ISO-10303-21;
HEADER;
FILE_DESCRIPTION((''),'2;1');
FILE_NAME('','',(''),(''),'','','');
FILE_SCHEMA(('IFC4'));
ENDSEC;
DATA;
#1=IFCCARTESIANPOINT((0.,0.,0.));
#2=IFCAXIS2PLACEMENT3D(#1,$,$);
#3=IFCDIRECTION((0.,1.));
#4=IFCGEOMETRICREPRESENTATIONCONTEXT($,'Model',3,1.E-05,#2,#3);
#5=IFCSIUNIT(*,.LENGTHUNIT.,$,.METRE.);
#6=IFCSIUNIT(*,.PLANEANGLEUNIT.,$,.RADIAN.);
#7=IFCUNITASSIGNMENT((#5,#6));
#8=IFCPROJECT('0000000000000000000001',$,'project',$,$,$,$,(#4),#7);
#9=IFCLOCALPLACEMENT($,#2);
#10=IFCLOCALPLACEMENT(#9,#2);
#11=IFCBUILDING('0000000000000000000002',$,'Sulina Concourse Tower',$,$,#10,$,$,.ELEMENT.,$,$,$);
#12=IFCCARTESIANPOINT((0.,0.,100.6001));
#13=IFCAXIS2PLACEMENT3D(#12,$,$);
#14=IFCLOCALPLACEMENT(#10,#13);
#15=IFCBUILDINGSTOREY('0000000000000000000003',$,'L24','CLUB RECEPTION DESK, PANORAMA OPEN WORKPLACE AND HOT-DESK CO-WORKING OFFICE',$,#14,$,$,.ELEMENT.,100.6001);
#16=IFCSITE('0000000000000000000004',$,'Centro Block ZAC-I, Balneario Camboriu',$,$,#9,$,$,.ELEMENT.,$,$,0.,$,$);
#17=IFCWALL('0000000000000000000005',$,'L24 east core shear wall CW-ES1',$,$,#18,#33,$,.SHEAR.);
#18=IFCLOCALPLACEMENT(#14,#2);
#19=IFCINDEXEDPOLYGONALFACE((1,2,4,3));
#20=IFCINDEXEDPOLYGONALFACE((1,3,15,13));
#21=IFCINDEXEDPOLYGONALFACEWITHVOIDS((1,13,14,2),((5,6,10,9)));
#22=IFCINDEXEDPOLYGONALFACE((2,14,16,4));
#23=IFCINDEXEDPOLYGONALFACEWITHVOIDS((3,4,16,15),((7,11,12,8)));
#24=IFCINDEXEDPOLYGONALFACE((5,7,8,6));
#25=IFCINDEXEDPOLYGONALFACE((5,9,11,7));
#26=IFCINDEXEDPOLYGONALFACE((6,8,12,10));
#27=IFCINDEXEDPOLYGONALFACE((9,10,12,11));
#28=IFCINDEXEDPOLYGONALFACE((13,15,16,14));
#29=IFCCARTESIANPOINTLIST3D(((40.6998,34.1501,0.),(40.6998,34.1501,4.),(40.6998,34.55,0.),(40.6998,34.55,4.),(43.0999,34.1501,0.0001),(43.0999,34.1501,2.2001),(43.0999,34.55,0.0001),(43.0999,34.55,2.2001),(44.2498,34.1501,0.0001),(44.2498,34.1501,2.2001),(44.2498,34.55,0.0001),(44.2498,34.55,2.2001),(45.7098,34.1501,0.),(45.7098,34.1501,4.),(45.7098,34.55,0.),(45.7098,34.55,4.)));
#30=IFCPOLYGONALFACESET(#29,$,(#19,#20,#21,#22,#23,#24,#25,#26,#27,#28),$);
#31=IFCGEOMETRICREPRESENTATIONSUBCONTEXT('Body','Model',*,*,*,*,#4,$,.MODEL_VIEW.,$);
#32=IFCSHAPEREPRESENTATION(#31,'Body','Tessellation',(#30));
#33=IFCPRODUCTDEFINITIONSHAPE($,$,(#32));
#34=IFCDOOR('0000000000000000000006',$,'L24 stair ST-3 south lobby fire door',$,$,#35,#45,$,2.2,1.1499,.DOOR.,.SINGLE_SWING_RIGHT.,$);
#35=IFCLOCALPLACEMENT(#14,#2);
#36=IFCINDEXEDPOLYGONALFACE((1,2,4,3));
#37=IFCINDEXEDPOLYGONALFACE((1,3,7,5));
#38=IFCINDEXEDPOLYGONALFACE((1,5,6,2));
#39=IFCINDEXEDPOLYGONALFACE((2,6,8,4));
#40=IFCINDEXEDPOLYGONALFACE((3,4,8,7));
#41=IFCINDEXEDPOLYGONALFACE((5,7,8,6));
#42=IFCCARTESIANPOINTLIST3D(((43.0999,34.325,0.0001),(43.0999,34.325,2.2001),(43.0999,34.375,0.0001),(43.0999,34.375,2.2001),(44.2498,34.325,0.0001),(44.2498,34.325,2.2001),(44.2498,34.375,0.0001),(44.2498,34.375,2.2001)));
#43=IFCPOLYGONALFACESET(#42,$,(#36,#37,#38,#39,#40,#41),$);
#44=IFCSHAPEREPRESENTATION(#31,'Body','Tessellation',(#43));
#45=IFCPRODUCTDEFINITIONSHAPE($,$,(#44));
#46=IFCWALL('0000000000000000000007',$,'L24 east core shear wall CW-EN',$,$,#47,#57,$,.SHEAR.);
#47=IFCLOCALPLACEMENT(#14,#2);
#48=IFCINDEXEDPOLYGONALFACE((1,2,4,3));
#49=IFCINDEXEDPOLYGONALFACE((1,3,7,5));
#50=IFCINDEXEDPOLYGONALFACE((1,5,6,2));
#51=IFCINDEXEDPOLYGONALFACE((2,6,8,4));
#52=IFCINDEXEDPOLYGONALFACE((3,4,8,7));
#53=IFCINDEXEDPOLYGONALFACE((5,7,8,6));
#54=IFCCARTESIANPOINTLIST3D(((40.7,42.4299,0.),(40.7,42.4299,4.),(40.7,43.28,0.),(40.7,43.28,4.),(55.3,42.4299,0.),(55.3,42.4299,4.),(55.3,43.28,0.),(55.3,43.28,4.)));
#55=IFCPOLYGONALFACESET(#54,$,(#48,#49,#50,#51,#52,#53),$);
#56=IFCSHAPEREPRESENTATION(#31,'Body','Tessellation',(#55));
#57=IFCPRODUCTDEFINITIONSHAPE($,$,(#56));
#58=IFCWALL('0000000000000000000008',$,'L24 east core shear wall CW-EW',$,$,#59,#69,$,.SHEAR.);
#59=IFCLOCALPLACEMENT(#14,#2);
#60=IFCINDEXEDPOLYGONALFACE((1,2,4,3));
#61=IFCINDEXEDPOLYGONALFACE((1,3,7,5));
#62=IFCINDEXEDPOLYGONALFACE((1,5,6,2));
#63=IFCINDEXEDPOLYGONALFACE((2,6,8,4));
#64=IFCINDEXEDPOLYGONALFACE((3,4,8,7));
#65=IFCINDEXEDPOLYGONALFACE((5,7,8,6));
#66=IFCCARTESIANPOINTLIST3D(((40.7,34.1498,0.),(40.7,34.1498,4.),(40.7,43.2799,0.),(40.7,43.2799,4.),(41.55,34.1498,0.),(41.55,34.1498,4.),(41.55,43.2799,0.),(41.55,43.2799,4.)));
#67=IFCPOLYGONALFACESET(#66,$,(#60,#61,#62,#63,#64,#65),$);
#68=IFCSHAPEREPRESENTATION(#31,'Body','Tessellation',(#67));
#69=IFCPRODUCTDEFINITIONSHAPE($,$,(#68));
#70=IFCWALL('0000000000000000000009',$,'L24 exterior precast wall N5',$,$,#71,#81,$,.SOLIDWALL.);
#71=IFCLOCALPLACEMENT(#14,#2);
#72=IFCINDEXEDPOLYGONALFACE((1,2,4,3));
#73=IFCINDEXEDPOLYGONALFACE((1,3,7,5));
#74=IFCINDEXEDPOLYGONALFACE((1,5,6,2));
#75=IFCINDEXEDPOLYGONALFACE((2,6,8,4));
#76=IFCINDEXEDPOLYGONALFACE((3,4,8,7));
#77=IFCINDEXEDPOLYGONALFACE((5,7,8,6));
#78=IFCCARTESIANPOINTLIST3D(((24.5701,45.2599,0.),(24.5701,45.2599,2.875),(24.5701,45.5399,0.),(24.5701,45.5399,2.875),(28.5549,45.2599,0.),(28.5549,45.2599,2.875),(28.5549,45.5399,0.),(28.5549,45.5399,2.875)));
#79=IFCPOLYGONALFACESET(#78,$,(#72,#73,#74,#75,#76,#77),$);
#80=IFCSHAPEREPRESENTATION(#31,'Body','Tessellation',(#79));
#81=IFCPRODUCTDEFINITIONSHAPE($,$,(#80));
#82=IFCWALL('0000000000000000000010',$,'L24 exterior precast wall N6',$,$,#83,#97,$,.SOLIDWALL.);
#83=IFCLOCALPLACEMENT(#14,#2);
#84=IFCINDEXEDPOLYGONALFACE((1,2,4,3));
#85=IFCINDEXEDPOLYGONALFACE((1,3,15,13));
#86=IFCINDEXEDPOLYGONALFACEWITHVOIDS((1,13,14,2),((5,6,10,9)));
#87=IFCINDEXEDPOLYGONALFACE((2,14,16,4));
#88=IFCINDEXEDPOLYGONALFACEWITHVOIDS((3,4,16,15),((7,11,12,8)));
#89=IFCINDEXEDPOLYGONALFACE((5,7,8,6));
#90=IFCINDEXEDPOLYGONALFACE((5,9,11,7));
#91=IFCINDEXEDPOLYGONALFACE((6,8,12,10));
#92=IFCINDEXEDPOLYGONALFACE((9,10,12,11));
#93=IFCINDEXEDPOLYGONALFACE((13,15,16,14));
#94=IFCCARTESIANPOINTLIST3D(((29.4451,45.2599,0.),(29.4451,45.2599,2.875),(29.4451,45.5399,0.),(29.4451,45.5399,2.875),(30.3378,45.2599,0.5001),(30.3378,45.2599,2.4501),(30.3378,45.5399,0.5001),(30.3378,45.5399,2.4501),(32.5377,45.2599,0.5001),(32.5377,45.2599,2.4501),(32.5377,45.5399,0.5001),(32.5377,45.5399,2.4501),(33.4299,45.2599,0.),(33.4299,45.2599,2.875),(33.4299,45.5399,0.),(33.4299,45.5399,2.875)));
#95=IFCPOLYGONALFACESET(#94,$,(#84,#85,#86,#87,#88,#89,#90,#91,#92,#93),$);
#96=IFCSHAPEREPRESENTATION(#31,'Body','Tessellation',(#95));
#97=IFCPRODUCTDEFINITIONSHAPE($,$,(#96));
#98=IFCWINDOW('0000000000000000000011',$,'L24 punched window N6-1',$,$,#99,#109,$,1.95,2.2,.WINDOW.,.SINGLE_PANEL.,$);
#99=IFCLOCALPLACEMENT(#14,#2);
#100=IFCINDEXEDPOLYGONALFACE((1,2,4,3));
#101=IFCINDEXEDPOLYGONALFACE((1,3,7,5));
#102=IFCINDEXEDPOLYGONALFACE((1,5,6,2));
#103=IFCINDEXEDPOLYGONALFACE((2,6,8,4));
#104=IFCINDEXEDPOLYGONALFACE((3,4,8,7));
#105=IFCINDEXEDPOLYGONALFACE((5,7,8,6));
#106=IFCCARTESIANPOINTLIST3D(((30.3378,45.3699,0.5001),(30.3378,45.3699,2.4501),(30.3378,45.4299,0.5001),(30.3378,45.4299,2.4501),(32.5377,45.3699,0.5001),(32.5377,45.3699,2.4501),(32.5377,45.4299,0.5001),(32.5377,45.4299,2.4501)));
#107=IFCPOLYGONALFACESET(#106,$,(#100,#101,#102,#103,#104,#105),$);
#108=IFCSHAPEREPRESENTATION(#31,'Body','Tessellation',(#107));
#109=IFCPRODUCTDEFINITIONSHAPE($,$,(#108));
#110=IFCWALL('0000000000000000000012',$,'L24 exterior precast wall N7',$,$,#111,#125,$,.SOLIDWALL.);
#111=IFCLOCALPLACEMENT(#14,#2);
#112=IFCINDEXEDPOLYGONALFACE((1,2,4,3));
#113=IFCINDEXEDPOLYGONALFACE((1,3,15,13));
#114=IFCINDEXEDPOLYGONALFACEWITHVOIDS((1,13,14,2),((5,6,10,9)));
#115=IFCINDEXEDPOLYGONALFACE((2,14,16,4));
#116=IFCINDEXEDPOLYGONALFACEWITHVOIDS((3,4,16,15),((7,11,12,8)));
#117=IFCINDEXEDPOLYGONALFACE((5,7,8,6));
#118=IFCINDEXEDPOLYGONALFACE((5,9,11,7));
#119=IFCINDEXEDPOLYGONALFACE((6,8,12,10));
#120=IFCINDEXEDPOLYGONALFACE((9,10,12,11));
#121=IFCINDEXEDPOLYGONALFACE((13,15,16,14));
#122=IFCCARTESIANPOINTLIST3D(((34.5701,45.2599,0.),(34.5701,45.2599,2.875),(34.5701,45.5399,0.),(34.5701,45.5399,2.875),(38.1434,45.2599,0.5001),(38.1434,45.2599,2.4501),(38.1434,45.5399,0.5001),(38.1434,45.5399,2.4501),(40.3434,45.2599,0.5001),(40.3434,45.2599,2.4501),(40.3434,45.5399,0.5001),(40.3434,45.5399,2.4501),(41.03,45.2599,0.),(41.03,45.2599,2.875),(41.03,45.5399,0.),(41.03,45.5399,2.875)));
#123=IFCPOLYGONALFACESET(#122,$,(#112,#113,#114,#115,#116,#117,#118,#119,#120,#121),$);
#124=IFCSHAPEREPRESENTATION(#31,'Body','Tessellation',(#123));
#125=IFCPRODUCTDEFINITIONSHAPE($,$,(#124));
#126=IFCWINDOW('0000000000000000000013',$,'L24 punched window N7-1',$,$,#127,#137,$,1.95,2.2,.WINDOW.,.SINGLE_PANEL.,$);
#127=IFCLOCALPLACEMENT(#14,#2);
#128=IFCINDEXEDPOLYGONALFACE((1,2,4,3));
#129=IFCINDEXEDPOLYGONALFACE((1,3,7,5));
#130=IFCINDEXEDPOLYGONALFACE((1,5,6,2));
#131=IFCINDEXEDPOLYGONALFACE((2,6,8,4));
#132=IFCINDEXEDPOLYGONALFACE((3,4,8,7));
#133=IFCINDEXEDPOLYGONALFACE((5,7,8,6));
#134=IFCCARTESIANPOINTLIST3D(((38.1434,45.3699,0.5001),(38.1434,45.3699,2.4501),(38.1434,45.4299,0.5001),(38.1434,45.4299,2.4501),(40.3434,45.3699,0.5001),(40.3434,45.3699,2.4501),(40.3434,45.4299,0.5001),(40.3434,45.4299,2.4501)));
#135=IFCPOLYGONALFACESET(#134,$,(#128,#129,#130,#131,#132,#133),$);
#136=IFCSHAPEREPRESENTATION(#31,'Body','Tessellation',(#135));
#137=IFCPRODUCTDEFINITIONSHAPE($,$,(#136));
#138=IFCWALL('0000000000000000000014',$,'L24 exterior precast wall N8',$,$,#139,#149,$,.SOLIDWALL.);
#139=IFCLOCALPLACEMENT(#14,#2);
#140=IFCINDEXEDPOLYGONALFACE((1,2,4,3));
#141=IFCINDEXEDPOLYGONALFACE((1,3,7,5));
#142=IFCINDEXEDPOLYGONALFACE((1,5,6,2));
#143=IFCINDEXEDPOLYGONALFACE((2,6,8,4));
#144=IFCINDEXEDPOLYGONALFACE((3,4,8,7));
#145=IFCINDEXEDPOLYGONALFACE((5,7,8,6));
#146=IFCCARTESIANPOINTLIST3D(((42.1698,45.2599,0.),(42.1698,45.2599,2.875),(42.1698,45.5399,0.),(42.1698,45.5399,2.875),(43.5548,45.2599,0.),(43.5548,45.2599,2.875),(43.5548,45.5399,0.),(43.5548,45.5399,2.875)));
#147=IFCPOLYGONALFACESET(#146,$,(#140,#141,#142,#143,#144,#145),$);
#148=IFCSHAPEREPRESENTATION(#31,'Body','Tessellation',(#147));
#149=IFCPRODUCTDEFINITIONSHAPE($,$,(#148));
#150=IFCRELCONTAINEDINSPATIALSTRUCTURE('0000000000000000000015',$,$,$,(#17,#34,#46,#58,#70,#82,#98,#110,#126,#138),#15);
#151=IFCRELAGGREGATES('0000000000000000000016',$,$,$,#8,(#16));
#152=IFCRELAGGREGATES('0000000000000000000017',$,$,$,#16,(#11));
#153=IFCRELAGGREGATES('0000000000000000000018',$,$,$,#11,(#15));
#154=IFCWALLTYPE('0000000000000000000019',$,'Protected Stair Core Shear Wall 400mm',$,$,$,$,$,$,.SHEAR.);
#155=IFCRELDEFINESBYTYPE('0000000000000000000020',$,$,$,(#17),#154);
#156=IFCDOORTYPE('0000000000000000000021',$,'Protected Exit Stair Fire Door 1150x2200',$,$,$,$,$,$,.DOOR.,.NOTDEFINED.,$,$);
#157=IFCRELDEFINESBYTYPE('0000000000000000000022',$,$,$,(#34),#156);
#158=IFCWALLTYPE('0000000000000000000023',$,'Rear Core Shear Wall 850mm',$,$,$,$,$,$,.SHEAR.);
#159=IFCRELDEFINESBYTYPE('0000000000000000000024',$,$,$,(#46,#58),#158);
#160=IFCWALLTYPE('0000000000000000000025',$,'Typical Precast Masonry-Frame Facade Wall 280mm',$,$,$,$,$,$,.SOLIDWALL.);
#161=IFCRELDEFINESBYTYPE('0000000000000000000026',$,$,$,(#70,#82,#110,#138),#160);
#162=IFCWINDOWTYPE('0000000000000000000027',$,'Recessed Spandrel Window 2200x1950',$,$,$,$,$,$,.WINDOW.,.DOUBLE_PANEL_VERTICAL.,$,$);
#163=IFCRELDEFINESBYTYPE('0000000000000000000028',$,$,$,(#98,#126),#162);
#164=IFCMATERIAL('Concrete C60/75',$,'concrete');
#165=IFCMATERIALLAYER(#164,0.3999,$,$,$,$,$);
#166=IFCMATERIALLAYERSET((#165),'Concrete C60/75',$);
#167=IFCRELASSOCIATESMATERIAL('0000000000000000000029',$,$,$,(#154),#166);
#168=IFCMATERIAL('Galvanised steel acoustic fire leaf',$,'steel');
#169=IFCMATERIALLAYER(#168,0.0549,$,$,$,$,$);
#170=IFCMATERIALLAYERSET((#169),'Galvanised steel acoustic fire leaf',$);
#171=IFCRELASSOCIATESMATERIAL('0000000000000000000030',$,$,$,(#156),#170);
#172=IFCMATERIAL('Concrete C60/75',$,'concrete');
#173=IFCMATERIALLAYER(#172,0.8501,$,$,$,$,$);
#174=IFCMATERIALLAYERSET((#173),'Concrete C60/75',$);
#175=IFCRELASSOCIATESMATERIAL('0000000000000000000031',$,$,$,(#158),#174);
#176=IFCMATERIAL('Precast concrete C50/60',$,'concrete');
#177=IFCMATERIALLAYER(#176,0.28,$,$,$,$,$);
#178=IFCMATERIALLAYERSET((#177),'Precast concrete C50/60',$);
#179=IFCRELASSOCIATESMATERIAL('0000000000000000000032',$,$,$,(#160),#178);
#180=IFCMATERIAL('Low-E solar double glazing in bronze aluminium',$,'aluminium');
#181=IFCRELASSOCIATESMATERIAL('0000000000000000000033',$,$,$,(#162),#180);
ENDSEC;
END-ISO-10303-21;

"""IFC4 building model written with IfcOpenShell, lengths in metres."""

from ifc_helpers import new_model, si_unit, direction, frame, frame_2d, origin, place, context, subcontext, project, spatial, rectangle, extrude, material, layer, layer_set, type_object, element, fill, save


model = new_model("IFC4")

# Units and contexts
model_context = context("Model", 3, precision=1e-05, world=origin(), true_north=direction((0.0, 1.0)))
body_context = subcontext(model_context, "Body", "Model", "MODEL_VIEW")
ifc_project = project(units=[si_unit("LENGTHUNIT", "METRE"), si_unit("PLANEANGLEUNIT", "RADIAN")], contexts=[model_context])

# Site, building, storey
site_placement = place(None, origin())
site = spatial("IfcSite", under=ifc_project, at=site_placement, Name="Centro Block ZAC-I, Balneario Camboriu", CompositionType="ELEMENT", RefElevation=0.0)
building_placement = place(site_placement, origin())
building = spatial("IfcBuilding", under=site, at=building_placement, Name="Sulina Concourse Tower", CompositionType="ELEMENT")
storey_placement = place(building_placement, frame((0.0, 0.0, 100.6001)))
storey = spatial("IfcBuildingStorey", under=building, at=storey_placement, Name="L24", Description="CLUB RECEPTION DESK, PANORAMA OPEN WORKPLACE AND HOT-DESK CO-WORKING OFFICE", CompositionType="ELEMENT", Elevation=100.6001)

# Wall, opening, door
ifc_material_1 = material(Name="Concrete C60/75", Category="concrete")
ifc_layer_1 = layer(ifc_material_1, 0.3999)
ifc_layer_set_1 = layer_set([ifc_layer_1], Name="Concrete C60/75")
wall_type_1 = type_object("IfcWallType", Name="Protected Stair Core Shear Wall 400mm", PredefinedType="SHEAR", material=ifc_layer_set_1)
wall_1_placement = place(storey_placement, frame((40.7, 34.3501, 0.0), z_axis=(0.0, 0.0, 1.0), x_axis=(1.0, 0.0, 0.0)))
wall_1 = element("IfcWall", 1, at=wall_1_placement, inside=storey, type_object=wall_type_1, Name="L24 east core shear wall CW-ES1", PredefinedType="SHEAR", context=body_context, shape_type="SweptSolid", body=[
    extrude(rectangle(XDim=5.01, YDim=0.3999, at=frame_2d((2.5049, 0.0))), origin(), (0.0, 0.0, 1.0), 4.0),
])
opening_1_placement = place(wall_1_placement, frame((2.3999, 0.0, 0.0)))
opening_1 = element("IfcOpeningElement", 2, at=opening_1_placement, cuts=wall_1, PredefinedType="OPENING", context=body_context, shape_type="SweptSolid", body=[
    extrude(rectangle(XDim=1.1499, YDim=2.2, at=frame_2d((0.575, 1.1001))), frame((0.0, 0.21, 0.0), z_axis=(0.0, -1.0, 0.0), x_axis=(1.0, 0.0, 0.0)), (0.0, 0.0, 1.0), 0.4199),
])
ifc_material_2 = material(Name="Galvanised steel acoustic fire leaf", Category="steel")
ifc_layer_2 = layer(ifc_material_2, 0.0549)
ifc_layer_set_2 = layer_set([ifc_layer_2], Name="Galvanised steel acoustic fire leaf")
door_type = type_object("IfcDoorType", Name="Protected Exit Stair Fire Door 1150x2200", OperationType="NOTDEFINED", PredefinedType="DOOR", material=ifc_layer_set_2)
door_placement = place(opening_1_placement, origin())
door = element("IfcDoor", 3, at=door_placement, inside=storey, type_object=door_type, Name="L24 stair ST-3 south lobby fire door", OperationType="SINGLE_SWING_RIGHT", OverallHeight=2.2, OverallWidth=1.1499, PredefinedType="DOOR", context=body_context, shape_type="SweptSolid", body=[
    extrude(rectangle(XDim=1.1499, YDim=2.2, at=frame_2d((0.575, 1.1001))), frame((0.0, 0.0249, 0.0), z_axis=(0.0, -1.0, 0.0), x_axis=(1.0, 0.0, 0.0)), (0.0, 0.0, 1.0), 0.05),
])
fill(opening_1, door)

# Walls
ifc_material_3 = material(Name="Concrete C60/75", Category="concrete")
ifc_layer_3 = layer(ifc_material_3, 0.8501)
ifc_layer_set_3 = layer_set([ifc_layer_3], Name="Concrete C60/75")
wall_type_2 = type_object("IfcWallType", Name="Rear Core Shear Wall 850mm", PredefinedType="SHEAR", material=ifc_layer_set_3)
wall_2_placement = place(storey_placement, frame((40.7, 42.855, 0.0), z_axis=(0.0, 0.0, 1.0), x_axis=(1.0, 0.0, 0.0)))
element("IfcWall", 4, at=wall_2_placement, inside=storey, type_object=wall_type_2, Name="L24 east core shear wall CW-EN", PredefinedType="SHEAR", context=body_context, shape_type="SweptSolid", body=[
    extrude(rectangle(XDim=14.6001, YDim=0.8501, at=frame_2d((7.3, 0.0))), origin(), (0.0, 0.0, 1.0), 4.0),
])
wall_3_placement = place(storey_placement, frame((41.125, 34.1499, 0.0), z_axis=(0.0, 0.0, 1.0), x_axis=(0.0, 1.0, 0.0)))
element("IfcWall", 5, at=wall_3_placement, inside=storey, type_object=wall_type_2, Name="L24 east core shear wall CW-EW", PredefinedType="SHEAR", context=body_context, shape_type="SweptSolid", body=[
    extrude(rectangle(XDim=9.1301, YDim=0.8501, at=frame_2d((4.5649, 0.0))), origin(), (0.0, 0.0, 1.0), 4.0),
])
ifc_material_4 = material(Name="Precast concrete C50/60", Category="concrete")
ifc_layer_4 = layer(ifc_material_4, 0.28)
ifc_layer_set_4 = layer_set([ifc_layer_4], Name="Precast concrete C50/60")
wall_type_3 = type_object("IfcWallType", Name="Typical Precast Masonry-Frame Facade Wall 280mm", PredefinedType="SOLIDWALL", material=ifc_layer_set_4)
wall_4_placement = place(storey_placement, frame((24.5701, 45.3999, 0.0), z_axis=(0.0, 0.0, 1.0), x_axis=(1.0, 0.0, 0.0)))
element("IfcWall", 6, at=wall_4_placement, inside=storey, type_object=wall_type_3, Name="L24 exterior precast wall N5", PredefinedType="SOLIDWALL", context=body_context, shape_type="SweptSolid", body=[
    extrude(rectangle(XDim=3.9849, YDim=0.28, at=frame_2d((1.9924, 0.0))), origin(), (0.0, 0.0, 1.0), 2.875),
])

# Walls, openings, windows
wall_5_placement = place(storey_placement, frame((29.4451, 45.3999, 0.0), z_axis=(0.0, 0.0, 1.0), x_axis=(1.0, 0.0, 0.0)))
wall_5 = element("IfcWall", 7, at=wall_5_placement, inside=storey, type_object=wall_type_3, Name="L24 exterior precast wall N6", PredefinedType="SOLIDWALL", context=body_context, shape_type="SweptSolid", body=[
    extrude(rectangle(XDim=3.9849, YDim=0.28, at=frame_2d((1.9924, 0.0))), origin(), (0.0, 0.0, 1.0), 2.875),
])
opening_2_placement = place(wall_5_placement, frame((0.8926, 0.0, 0.5)))
opening_2 = element("IfcOpeningElement", 8, at=opening_2_placement, cuts=wall_5, PredefinedType="OPENING", context=body_context, shape_type="SweptSolid", body=[
    extrude(rectangle(XDim=2.2, YDim=1.95, at=frame_2d((1.1001, 0.9751))), frame((0.0, 0.1499, 0.0), z_axis=(0.0, -1.0, 0.0), x_axis=(1.0, 0.0, 0.0)), (0.0, 0.0, 1.0), 0.3),
])
ifc_material_5 = material(Name="Low-E solar double glazing in bronze aluminium", Category="aluminium")
window_type = type_object("IfcWindowType", Name="Recessed Spandrel Window 2200x1950", PartitioningType="DOUBLE_PANEL_VERTICAL", PredefinedType="WINDOW", material=ifc_material_5)
window_1_placement = place(opening_2_placement, origin())
window_1 = element("IfcWindow", 9, at=window_1_placement, inside=storey, type_object=window_type, Name="L24 punched window N6-1", OverallHeight=1.95, OverallWidth=2.2, PartitioningType="SINGLE_PANEL", PredefinedType="WINDOW", context=body_context, shape_type="SweptSolid", body=[
    extrude(rectangle(XDim=2.2, YDim=1.95, at=frame_2d((1.1001, 0.9751))), frame((0.0, 0.03, 0.0), z_axis=(0.0, -1.0, 0.0), x_axis=(1.0, 0.0, 0.0)), (0.0, 0.0, 1.0), 0.0601),
])
fill(opening_2, window_1)
wall_6_placement = place(storey_placement, frame((34.5701, 45.3999, 0.0), z_axis=(0.0, 0.0, 1.0), x_axis=(1.0, 0.0, 0.0)))
wall_6 = element("IfcWall", 10, at=wall_6_placement, inside=storey, type_object=wall_type_3, Name="L24 exterior precast wall N7", PredefinedType="SOLIDWALL", context=body_context, shape_type="SweptSolid", body=[
    extrude(rectangle(XDim=6.46, YDim=0.28, at=frame_2d((3.23, 0.0))), origin(), (0.0, 0.0, 1.0), 2.875),
])
opening_3_placement = place(wall_6_placement, frame((3.5732, 0.0, 0.5)))
opening_3 = element("IfcOpeningElement", 11, at=opening_3_placement, cuts=wall_6, PredefinedType="OPENING", context=body_context, shape_type="SweptSolid", body=[
    extrude(rectangle(XDim=2.2, YDim=1.95, at=frame_2d((1.1001, 0.9751))), frame((0.0, 0.1499, 0.0), z_axis=(0.0, -1.0, 0.0), x_axis=(1.0, 0.0, 0.0)), (0.0, 0.0, 1.0), 0.3),
])
window_2_placement = place(opening_3_placement, origin())
window_2 = element("IfcWindow", 12, at=window_2_placement, inside=storey, type_object=window_type, Name="L24 punched window N7-1", OverallHeight=1.95, OverallWidth=2.2, PartitioningType="SINGLE_PANEL", PredefinedType="WINDOW", context=body_context, shape_type="SweptSolid", body=[
    extrude(rectangle(XDim=2.2, YDim=1.95, at=frame_2d((1.1001, 0.9751))), frame((0.0, 0.03, 0.0), z_axis=(0.0, -1.0, 0.0), x_axis=(1.0, 0.0, 0.0)), (0.0, 0.0, 1.0), 0.0601),
])
fill(opening_3, window_2)

# Wall
wall_7_placement = place(storey_placement, frame((42.1699, 45.3999, 0.0), z_axis=(0.0, 0.0, 1.0), x_axis=(1.0, 0.0, 0.0)))
element("IfcWall", 13, at=wall_7_placement, inside=storey, type_object=wall_type_3, Name="L24 exterior precast wall N8", PredefinedType="SOLIDWALL", context=body_context, shape_type="SweptSolid", body=[
    extrude(rectangle(XDim=1.385, YDim=0.28, at=frame_2d((0.6924, 0.0))), origin(), (0.0, 0.0, 1.0), 2.875),
])

save(model, "model.ifc")
